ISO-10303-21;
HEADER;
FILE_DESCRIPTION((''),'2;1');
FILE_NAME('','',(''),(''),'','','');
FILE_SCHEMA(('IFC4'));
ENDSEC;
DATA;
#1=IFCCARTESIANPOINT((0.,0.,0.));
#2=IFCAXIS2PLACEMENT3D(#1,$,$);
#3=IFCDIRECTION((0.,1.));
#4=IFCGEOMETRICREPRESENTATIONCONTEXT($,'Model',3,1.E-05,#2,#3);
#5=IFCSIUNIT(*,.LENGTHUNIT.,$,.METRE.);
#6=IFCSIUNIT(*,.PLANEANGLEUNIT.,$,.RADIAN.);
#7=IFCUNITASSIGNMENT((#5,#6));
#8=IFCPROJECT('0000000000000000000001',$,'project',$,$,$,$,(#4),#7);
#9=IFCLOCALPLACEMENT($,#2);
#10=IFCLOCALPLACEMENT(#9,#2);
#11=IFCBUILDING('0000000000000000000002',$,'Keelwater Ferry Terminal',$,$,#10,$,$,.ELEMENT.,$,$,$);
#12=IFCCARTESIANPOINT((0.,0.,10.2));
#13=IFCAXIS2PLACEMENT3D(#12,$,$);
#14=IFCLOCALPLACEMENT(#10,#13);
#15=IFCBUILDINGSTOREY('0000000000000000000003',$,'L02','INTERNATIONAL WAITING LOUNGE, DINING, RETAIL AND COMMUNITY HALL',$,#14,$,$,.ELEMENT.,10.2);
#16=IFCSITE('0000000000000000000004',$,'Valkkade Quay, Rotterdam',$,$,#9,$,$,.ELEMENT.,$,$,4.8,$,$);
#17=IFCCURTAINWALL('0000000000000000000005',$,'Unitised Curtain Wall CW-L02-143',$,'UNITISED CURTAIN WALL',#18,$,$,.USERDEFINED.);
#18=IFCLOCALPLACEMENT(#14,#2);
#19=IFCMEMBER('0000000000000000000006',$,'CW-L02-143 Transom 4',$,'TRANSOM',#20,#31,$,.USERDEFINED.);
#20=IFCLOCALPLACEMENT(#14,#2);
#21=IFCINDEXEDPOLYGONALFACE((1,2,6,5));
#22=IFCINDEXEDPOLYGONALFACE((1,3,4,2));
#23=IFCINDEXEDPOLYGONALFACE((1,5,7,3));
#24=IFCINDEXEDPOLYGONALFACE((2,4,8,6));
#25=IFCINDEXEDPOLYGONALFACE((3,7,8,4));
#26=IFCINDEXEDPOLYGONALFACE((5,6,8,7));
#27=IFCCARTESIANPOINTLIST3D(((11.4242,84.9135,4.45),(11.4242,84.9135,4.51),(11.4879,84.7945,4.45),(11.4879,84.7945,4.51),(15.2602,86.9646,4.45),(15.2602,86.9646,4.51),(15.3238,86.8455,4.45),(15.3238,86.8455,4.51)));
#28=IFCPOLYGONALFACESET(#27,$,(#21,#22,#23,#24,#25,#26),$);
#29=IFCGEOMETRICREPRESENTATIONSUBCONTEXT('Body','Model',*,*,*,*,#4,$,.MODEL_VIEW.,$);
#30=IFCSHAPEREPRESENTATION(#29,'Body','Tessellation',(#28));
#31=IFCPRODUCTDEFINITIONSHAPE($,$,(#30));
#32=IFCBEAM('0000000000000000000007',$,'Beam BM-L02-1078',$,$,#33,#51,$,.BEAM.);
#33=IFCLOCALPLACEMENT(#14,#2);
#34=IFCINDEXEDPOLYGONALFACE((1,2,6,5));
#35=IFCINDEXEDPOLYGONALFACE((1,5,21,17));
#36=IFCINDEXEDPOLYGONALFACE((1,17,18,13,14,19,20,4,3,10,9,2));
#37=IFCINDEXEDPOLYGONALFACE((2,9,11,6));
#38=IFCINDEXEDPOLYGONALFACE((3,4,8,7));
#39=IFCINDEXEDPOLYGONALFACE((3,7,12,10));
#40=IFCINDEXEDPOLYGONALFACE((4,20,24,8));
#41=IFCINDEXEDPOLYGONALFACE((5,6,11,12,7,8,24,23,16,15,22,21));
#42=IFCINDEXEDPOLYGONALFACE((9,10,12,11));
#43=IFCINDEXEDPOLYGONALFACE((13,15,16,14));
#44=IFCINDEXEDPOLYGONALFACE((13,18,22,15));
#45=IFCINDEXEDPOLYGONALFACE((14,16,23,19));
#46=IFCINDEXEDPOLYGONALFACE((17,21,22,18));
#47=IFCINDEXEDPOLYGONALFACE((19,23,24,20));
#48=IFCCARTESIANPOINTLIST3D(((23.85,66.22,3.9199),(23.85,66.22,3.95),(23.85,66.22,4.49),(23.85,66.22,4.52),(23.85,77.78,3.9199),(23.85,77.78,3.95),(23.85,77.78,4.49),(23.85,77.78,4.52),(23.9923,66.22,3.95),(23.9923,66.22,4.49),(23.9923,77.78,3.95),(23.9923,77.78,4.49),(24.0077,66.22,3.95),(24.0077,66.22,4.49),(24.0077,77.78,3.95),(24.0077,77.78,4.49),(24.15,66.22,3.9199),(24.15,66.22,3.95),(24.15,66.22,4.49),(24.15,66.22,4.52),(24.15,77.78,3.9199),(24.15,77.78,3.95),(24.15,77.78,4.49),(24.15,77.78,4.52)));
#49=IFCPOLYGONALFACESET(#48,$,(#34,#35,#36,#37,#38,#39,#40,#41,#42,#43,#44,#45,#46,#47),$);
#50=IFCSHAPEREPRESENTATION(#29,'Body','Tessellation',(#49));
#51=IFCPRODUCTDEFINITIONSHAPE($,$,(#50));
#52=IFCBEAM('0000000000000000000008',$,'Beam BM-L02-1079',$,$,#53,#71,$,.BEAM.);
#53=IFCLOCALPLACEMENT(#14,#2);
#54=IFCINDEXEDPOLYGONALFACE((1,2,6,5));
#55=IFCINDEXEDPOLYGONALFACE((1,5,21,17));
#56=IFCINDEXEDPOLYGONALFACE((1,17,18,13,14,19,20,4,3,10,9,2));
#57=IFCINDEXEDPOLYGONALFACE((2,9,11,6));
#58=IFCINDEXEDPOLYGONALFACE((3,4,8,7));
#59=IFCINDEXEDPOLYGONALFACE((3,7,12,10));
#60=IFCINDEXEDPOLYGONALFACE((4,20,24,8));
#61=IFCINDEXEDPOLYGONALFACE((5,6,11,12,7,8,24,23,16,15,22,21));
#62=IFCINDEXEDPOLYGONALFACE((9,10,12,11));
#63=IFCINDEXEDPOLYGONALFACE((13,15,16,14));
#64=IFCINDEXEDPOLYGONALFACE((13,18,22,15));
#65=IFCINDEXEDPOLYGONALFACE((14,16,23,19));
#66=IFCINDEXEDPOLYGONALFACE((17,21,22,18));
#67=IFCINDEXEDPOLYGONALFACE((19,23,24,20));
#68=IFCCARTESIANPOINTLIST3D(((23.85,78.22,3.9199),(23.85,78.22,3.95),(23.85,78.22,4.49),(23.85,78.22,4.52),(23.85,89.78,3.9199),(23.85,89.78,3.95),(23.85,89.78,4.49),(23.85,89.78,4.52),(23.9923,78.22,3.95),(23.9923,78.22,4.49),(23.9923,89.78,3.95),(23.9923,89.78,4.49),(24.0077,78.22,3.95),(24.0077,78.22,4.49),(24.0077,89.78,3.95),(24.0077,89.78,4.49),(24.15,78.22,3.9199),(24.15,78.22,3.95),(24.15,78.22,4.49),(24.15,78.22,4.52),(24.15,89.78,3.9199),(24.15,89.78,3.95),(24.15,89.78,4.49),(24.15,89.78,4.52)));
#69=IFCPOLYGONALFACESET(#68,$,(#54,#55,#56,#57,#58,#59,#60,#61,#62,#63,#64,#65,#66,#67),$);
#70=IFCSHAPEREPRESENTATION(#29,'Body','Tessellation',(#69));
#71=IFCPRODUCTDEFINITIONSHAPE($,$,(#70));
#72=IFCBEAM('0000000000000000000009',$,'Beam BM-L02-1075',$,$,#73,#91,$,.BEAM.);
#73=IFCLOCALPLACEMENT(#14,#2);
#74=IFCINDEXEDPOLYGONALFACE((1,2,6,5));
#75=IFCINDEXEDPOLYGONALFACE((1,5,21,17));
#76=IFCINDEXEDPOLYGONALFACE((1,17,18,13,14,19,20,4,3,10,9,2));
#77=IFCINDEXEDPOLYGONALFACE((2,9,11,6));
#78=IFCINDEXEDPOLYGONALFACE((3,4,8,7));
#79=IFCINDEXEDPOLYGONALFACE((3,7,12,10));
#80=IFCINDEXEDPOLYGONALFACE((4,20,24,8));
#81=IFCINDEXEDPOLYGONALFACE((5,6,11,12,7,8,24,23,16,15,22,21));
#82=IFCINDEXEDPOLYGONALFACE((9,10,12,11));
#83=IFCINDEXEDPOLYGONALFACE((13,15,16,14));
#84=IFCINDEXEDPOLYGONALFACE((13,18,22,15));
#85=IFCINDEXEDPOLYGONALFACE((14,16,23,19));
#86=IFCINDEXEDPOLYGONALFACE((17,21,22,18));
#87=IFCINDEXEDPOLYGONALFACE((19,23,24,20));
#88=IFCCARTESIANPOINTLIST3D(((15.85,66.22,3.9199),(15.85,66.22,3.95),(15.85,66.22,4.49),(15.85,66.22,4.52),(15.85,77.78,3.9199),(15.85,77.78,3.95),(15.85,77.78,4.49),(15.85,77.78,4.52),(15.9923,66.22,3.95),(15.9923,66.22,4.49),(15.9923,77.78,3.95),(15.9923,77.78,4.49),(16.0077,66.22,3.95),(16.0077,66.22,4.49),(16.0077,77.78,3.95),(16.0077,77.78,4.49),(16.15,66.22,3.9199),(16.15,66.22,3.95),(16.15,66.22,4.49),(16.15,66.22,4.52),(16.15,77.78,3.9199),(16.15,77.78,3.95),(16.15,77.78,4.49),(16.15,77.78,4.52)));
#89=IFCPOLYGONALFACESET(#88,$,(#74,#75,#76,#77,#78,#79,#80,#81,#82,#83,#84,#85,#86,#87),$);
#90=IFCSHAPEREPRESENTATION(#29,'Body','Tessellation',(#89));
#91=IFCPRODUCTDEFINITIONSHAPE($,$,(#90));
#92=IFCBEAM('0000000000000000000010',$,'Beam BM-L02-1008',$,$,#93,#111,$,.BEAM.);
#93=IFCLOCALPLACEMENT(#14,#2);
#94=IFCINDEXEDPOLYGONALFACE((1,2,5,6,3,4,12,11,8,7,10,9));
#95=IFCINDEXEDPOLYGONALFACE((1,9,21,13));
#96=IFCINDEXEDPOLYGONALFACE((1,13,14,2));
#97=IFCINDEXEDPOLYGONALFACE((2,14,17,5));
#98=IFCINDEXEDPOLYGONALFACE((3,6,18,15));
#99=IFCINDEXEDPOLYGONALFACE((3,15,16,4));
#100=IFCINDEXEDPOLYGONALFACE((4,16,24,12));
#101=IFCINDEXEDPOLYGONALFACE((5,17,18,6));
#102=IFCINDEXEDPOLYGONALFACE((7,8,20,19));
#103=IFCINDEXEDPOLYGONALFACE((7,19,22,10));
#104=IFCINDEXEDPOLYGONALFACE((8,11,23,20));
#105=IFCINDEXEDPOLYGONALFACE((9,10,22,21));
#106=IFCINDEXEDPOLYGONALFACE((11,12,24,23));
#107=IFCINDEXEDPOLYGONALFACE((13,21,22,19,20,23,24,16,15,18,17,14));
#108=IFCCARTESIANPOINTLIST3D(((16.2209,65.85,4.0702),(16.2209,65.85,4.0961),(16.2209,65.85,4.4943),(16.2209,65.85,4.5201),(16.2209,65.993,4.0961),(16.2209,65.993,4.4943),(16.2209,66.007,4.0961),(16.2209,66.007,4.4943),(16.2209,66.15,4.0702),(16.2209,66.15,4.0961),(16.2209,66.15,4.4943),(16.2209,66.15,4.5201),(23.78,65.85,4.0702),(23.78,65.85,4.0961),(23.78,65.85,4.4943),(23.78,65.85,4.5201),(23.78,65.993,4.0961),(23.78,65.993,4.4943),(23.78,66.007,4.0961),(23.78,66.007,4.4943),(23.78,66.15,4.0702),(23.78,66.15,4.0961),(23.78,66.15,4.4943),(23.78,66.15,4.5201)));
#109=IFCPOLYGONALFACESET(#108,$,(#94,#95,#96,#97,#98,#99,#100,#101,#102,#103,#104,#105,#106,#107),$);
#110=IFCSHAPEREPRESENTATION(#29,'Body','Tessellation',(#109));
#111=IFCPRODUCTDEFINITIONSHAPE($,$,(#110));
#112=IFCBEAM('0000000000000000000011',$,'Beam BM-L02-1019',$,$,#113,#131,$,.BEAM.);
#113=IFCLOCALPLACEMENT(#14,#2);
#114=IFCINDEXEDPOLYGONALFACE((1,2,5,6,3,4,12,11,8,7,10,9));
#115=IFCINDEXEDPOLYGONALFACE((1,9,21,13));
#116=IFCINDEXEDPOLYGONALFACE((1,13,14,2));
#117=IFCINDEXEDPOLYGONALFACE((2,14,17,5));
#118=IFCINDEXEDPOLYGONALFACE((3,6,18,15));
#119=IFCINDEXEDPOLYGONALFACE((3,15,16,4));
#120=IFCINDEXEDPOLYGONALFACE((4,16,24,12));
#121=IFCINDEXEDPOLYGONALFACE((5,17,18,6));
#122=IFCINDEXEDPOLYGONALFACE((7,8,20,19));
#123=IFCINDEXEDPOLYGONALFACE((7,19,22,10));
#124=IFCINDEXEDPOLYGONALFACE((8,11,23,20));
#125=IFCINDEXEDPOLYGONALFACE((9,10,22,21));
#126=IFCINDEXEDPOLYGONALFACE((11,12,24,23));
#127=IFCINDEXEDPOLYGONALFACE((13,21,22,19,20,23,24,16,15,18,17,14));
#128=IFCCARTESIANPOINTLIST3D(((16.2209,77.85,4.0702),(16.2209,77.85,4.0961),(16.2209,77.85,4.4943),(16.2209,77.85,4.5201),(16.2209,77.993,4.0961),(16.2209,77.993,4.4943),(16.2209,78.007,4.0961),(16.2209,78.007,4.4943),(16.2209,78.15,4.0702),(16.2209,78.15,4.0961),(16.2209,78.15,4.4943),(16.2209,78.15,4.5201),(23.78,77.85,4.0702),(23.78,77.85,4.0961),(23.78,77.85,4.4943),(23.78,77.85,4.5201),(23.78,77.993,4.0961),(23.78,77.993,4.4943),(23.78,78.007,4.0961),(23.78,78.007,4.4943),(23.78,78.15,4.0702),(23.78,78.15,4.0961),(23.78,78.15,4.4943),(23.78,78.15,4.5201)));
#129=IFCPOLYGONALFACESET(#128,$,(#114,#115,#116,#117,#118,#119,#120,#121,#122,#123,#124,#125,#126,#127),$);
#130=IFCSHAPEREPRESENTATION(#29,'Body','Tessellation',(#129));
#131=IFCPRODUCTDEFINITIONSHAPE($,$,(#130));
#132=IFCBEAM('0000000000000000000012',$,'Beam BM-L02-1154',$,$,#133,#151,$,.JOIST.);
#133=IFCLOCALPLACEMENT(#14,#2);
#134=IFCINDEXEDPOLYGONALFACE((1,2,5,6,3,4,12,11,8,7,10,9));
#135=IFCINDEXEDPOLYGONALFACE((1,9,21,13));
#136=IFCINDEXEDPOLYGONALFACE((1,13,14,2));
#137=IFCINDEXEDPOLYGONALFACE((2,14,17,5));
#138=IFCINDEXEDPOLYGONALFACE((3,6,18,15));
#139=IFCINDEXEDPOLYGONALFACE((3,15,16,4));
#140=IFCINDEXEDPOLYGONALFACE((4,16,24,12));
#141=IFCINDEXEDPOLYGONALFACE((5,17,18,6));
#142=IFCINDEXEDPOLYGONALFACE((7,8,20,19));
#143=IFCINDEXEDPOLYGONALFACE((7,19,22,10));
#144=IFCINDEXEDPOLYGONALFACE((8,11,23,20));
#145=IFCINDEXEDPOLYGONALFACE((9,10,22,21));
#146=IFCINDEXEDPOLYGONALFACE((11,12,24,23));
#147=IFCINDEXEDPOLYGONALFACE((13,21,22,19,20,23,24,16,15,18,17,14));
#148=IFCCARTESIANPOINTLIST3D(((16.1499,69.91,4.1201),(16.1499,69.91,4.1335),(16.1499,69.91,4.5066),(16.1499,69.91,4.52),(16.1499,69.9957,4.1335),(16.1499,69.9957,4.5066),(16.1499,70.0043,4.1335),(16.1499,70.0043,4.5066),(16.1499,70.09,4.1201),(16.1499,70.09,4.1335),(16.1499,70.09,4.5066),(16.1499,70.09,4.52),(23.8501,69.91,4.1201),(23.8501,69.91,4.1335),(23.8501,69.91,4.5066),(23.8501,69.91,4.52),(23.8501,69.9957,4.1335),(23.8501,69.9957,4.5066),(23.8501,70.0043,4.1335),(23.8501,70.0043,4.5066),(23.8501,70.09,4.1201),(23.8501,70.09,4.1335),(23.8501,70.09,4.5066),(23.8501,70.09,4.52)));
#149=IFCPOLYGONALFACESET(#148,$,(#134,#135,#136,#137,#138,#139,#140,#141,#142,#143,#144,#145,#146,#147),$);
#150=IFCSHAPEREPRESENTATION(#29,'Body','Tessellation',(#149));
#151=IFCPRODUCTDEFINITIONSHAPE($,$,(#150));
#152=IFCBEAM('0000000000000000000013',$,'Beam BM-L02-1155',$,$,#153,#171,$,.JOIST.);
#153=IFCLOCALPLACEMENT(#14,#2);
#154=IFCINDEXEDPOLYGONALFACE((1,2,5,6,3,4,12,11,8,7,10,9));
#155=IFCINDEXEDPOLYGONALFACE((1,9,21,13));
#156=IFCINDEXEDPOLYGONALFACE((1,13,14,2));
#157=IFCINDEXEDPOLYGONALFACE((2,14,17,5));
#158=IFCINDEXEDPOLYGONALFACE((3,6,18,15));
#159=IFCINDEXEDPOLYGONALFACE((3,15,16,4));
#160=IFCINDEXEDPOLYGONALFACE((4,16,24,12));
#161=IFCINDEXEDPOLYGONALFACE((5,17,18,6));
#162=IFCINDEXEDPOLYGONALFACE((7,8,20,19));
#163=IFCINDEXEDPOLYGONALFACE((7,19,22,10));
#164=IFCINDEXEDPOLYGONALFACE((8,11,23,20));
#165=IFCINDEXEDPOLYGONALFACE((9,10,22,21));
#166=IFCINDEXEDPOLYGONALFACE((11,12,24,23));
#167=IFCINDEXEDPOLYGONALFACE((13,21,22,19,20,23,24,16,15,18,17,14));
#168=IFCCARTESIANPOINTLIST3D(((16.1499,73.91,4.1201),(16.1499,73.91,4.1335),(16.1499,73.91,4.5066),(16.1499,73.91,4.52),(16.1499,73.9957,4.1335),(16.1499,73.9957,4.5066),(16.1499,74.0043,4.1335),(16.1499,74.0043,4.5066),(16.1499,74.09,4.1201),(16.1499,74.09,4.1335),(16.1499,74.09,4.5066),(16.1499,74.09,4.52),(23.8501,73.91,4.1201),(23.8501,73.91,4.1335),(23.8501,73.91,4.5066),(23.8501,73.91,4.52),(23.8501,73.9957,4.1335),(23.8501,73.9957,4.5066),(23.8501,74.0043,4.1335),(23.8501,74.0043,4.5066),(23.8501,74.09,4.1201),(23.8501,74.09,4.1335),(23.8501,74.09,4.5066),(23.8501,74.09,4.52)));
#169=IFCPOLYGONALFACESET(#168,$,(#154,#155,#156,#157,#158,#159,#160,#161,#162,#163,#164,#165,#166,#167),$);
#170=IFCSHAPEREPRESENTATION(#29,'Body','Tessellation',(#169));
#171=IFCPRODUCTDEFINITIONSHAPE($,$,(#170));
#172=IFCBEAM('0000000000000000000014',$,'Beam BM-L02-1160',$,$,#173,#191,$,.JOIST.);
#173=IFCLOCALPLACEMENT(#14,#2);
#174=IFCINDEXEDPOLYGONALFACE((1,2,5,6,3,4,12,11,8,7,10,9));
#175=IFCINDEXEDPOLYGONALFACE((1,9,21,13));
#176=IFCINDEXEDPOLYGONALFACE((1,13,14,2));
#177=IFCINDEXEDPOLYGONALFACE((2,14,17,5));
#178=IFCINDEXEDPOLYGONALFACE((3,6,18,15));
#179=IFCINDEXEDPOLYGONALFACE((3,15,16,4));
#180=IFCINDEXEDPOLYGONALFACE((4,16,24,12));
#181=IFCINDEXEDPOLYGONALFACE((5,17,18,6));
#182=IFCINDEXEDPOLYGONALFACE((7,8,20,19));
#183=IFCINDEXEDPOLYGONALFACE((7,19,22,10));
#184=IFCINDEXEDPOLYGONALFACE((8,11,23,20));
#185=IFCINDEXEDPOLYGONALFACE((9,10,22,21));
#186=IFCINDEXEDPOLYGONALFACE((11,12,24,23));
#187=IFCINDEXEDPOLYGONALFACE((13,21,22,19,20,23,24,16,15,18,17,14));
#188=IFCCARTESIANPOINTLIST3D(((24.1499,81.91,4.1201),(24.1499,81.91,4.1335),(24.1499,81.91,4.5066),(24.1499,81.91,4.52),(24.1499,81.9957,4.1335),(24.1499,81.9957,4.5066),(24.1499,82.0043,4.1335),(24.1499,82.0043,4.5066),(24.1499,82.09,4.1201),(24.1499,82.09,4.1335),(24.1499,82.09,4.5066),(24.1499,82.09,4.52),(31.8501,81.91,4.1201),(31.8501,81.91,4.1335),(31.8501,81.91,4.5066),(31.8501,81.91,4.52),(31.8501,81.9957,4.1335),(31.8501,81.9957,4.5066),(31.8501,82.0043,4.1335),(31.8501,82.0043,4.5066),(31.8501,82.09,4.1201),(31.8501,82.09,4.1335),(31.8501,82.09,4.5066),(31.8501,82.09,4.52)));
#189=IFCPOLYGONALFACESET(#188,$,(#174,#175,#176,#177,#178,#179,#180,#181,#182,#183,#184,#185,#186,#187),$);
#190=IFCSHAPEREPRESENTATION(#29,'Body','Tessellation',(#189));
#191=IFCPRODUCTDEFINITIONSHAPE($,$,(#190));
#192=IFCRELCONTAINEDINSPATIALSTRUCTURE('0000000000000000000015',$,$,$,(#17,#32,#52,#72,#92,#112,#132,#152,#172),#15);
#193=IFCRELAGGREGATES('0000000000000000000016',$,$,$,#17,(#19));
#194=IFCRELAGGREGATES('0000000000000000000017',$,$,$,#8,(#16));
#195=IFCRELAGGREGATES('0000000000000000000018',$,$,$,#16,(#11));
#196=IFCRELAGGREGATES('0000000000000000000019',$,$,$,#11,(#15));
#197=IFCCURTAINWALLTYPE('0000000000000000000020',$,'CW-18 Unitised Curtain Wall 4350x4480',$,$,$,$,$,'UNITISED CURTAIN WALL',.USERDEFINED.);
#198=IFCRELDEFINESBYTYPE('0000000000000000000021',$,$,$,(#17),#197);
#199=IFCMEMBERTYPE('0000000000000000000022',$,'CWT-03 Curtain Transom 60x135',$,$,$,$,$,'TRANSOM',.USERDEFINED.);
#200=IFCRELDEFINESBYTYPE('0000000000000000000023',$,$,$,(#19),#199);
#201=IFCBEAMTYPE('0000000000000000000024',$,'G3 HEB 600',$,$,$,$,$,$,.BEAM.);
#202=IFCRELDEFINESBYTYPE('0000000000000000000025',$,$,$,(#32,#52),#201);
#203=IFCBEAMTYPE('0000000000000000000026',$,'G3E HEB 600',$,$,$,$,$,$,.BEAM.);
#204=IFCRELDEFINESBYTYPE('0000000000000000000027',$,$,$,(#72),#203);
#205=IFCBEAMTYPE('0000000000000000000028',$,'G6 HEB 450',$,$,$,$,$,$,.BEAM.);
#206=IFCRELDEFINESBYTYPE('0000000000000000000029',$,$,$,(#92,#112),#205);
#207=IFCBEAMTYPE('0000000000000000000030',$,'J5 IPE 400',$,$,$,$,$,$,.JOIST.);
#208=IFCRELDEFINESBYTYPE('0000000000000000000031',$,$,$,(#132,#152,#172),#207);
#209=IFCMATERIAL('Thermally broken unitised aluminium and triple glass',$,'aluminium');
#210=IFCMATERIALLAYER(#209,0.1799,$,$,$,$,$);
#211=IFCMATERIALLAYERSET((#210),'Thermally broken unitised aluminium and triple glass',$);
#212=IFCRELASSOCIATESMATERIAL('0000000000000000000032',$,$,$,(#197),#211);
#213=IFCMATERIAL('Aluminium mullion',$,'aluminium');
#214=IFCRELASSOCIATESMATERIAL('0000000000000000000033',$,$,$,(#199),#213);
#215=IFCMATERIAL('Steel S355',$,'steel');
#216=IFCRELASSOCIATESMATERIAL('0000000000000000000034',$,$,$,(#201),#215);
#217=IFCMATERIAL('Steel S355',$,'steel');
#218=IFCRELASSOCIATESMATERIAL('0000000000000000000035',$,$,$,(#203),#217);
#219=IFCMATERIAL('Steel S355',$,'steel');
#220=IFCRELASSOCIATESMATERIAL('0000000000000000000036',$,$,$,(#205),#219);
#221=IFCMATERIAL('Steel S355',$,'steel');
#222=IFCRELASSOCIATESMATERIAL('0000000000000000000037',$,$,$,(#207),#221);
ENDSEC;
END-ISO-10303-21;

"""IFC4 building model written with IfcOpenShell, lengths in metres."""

from ifc_helpers import new_model, si_unit, direction, frame, origin, origin_2d, place, context, subcontext, project, spatial, rectangle, i_section, extrude, material, layer, layer_set, material_profile, profile_set, type_object, element, aggregate, save


model = new_model("IFC4")

# Units and contexts
model_context = context("Model", 3, precision=1e-05, world=origin(), true_north=direction((0.0, 1.0)))
body_context = subcontext(model_context, "Body", "Model", "MODEL_VIEW")
ifc_project = project(units=[si_unit("LENGTHUNIT", "METRE"), si_unit("PLANEANGLEUNIT", "RADIAN")], contexts=[model_context])

# Site, building, storey
site_placement = place(None, origin())
site = spatial("IfcSite", under=ifc_project, at=site_placement, Name="Valkkade Quay, Rotterdam", CompositionType="ELEMENT", RefElevation=4.8)
building_placement = place(site_placement, origin())
building = spatial("IfcBuilding", under=site, at=building_placement, Name="Keelwater Ferry Terminal", CompositionType="ELEMENT")
storey_placement = place(building_placement, frame((0.0, 0.0, 10.2)))
storey = spatial("IfcBuildingStorey", under=building, at=storey_placement, Name="L02", Description="INTERNATIONAL WAITING LOUNGE, DINING, RETAIL AND COMMUNITY HALL", CompositionType="ELEMENT", Elevation=10.2)

# Curtain wall, member
ifc_material_1 = material(Name="Thermally broken unitised aluminium and triple glass", Category="aluminium")
ifc_layer_1 = layer(ifc_material_1, 0.1799)
ifc_layer_set_1 = layer_set([ifc_layer_1], Name="Thermally broken unitised aluminium and triple glass")
curtain_wall_type = type_object("IfcCurtainWallType", Name="CW-18 Unitised Curtain Wall 4350x4480", ElementType="UNITISED CURTAIN WALL", PredefinedType="USERDEFINED", material=ifc_layer_set_1)
curtain_wall_1_placement = place(storey_placement, origin())
curtain_wall_1 = element("IfcCurtainWall", 1, at=curtain_wall_1_placement, inside=storey, type_object=curtain_wall_type, Name="Unitised Curtain Wall CW-L02-143", ObjectType="UNITISED CURTAIN WALL", PredefinedType="USERDEFINED")
ifc_material_2 = material(Name="Aluminium mullion", Category="aluminium")
ifc_material_profile_1 = material_profile(ifc_material_2, rectangle(XDim=0.135, YDim=0.0601, at=origin_2d()), Name="CWT-03")
ifc_profile_set_1 = profile_set([ifc_material_profile_1], Name="Aluminium mullion")
member_type_1 = type_object("IfcMemberType", Name="CWT-03 Curtain Transom 60x135", ElementType="TRANSOM", PredefinedType="USERDEFINED", material=ifc_profile_set_1)
member_1_placement = place(storey_placement, frame((15.292, 86.905, 4.48), z_axis=(-0.881857, -0.471517, 0.0), x_axis=(0.471517, -0.881857, 0.0)))
member_1 = element("IfcMember", 2, at=member_1_placement, type_object=member_type_1, Name="CW-L02-143 Transom 4", ObjectType="TRANSOM", PredefinedType="USERDEFINED", context=body_context, shape_type="SweptSolid", body=[
    extrude(rectangle(XDim=0.135, YDim=0.0601, at=origin_2d()), origin(), (0.0, 0.0, 1.0), 4.3499),
])

# Beams
ifc_material_3 = material(Name="Steel S355", Category="steel")
ifc_material_profile_2 = material_profile(ifc_material_3, i_section(OverallWidth=0.3, OverallDepth=0.6001, WebThickness=0.0154, FlangeThickness=0.03, at=origin_2d()), Name="HEB 600")
ifc_profile_set_2 = profile_set([ifc_material_profile_2], Name="Steel S355")
beam_type_1 = type_object("IfcBeamType", Name="G3 HEB 600", PredefinedType="BEAM", material=ifc_profile_set_2)
for number, where, z_axis, x_axis, name in (
    (3, (24.0, 66.22, 4.22), (0.0, 1.0, 0.0), (-1.0, 0.0, 0.0), "Beam BM-L02-1078"),
    (4, (24.0, 78.22, 4.22), (0.0, 1.0, 0.0), (-1.0, 0.0, 0.0), "Beam BM-L02-1079"),
):
    element("IfcBeam", number, at=place(storey_placement, frame(where, z_axis=z_axis, x_axis=x_axis)), inside=storey, type_object=beam_type_1, Name=name, PredefinedType="BEAM", context=body_context, shape_type="SweptSolid", body=[
        extrude(i_section(OverallWidth=0.3, OverallDepth=0.6001, WebThickness=0.0154, FlangeThickness=0.03, at=origin_2d()), origin(), (0.0, 0.0, 1.0), 11.5601),
    ])
ifc_material_4 = material(Name="Steel S355", Category="steel")
ifc_material_profile_3 = material_profile(ifc_material_4, i_section(OverallWidth=0.3, OverallDepth=0.6001, WebThickness=0.0154, FlangeThickness=0.03, at=origin_2d()), Name="HEB 600")
ifc_profile_set_3 = profile_set([ifc_material_profile_3], Name="Steel S355")
beam_type_2 = type_object("IfcBeamType", Name="G3E HEB 600", PredefinedType="BEAM", material=ifc_profile_set_3)
beam_placement = place(storey_placement, frame((16.0, 66.22, 4.22), z_axis=(0.0, 1.0, 0.0), x_axis=(-1.0, 0.0, 0.0)))
element("IfcBeam", 5, at=beam_placement, inside=storey, type_object=beam_type_2, Name="Beam BM-L02-1075", PredefinedType="BEAM", context=body_context, shape_type="SweptSolid", body=[
    extrude(i_section(OverallWidth=0.3, OverallDepth=0.6001, WebThickness=0.0154, FlangeThickness=0.03, at=origin_2d()), origin(), (0.0, 0.0, 1.0), 11.5601),
])
ifc_material_5 = material(Name="Steel S355", Category="steel")
ifc_material_profile_4 = material_profile(ifc_material_5, i_section(OverallWidth=0.3, OverallDepth=0.45, WebThickness=0.0139, FlangeThickness=0.0259, at=origin_2d()), Name="HEB 450")
ifc_profile_set_4 = profile_set([ifc_material_profile_4], Name="Steel S355")
beam_type_3 = type_object("IfcBeamType", Name="G6 HEB 450", PredefinedType="BEAM", material=ifc_profile_set_4)
for number, where, z_axis, x_axis, name in (
    (6, (16.2209, 66.0, 4.2952), (1.0, 0.0, 0.0), (0.0, 1.0, 0.0), "Beam BM-L02-1008"),
    (7, (16.2209, 78.0, 4.2952), (1.0, 0.0, 0.0), (0.0, 1.0, 0.0), "Beam BM-L02-1019"),
):
    element("IfcBeam", number, at=place(storey_placement, frame(where, z_axis=z_axis, x_axis=x_axis)), inside=storey, type_object=beam_type_3, Name=name, PredefinedType="BEAM", context=body_context, shape_type="SweptSolid", body=[
        extrude(i_section(OverallWidth=0.3, OverallDepth=0.45, WebThickness=0.0139, FlangeThickness=0.0259, at=origin_2d()), origin(), (0.0, 0.0, 1.0), 7.5591),
    ])
ifc_material_6 = material(Name="Steel S355", Category="steel")
ifc_material_profile_5 = material_profile(ifc_material_6, i_section(OverallWidth=0.1799, OverallDepth=0.3999, WebThickness=0.0085, FlangeThickness=0.0134, at=origin_2d()), Name="IPE 400")
ifc_profile_set_5 = profile_set([ifc_material_profile_5], Name="Steel S355")
beam_type_4 = type_object("IfcBeamType", Name="J5 IPE 400", PredefinedType="JOIST", material=ifc_profile_set_5)
for number, where, z_axis, x_axis, name in (
    (8, (16.1499, 70.0, 4.3201), (1.0, 0.0, 0.0), (0.0, 1.0, 0.0), "Beam BM-L02-1154"),
    (9, (16.1499, 74.0, 4.3201), (1.0, 0.0, 0.0), (0.0, 1.0, 0.0), "Beam BM-L02-1155"),
    (10, (24.1499, 82.0, 4.3201), (1.0, 0.0, 0.0), (0.0, 1.0, 0.0), "Beam BM-L02-1160"),
):
    element("IfcBeam", number, at=place(storey_placement, frame(where, z_axis=z_axis, x_axis=x_axis)), inside=storey, type_object=beam_type_4, Name=name, PredefinedType="JOIST", context=body_context, shape_type="SweptSolid", body=[
        extrude(i_section(OverallWidth=0.1799, OverallDepth=0.3999, WebThickness=0.0085, FlangeThickness=0.0134, at=origin_2d()), origin(), (0.0, 0.0, 1.0), 7.7002),
    ])

aggregate(curtain_wall_1, [member_1])

save(model, "model.ifc")
